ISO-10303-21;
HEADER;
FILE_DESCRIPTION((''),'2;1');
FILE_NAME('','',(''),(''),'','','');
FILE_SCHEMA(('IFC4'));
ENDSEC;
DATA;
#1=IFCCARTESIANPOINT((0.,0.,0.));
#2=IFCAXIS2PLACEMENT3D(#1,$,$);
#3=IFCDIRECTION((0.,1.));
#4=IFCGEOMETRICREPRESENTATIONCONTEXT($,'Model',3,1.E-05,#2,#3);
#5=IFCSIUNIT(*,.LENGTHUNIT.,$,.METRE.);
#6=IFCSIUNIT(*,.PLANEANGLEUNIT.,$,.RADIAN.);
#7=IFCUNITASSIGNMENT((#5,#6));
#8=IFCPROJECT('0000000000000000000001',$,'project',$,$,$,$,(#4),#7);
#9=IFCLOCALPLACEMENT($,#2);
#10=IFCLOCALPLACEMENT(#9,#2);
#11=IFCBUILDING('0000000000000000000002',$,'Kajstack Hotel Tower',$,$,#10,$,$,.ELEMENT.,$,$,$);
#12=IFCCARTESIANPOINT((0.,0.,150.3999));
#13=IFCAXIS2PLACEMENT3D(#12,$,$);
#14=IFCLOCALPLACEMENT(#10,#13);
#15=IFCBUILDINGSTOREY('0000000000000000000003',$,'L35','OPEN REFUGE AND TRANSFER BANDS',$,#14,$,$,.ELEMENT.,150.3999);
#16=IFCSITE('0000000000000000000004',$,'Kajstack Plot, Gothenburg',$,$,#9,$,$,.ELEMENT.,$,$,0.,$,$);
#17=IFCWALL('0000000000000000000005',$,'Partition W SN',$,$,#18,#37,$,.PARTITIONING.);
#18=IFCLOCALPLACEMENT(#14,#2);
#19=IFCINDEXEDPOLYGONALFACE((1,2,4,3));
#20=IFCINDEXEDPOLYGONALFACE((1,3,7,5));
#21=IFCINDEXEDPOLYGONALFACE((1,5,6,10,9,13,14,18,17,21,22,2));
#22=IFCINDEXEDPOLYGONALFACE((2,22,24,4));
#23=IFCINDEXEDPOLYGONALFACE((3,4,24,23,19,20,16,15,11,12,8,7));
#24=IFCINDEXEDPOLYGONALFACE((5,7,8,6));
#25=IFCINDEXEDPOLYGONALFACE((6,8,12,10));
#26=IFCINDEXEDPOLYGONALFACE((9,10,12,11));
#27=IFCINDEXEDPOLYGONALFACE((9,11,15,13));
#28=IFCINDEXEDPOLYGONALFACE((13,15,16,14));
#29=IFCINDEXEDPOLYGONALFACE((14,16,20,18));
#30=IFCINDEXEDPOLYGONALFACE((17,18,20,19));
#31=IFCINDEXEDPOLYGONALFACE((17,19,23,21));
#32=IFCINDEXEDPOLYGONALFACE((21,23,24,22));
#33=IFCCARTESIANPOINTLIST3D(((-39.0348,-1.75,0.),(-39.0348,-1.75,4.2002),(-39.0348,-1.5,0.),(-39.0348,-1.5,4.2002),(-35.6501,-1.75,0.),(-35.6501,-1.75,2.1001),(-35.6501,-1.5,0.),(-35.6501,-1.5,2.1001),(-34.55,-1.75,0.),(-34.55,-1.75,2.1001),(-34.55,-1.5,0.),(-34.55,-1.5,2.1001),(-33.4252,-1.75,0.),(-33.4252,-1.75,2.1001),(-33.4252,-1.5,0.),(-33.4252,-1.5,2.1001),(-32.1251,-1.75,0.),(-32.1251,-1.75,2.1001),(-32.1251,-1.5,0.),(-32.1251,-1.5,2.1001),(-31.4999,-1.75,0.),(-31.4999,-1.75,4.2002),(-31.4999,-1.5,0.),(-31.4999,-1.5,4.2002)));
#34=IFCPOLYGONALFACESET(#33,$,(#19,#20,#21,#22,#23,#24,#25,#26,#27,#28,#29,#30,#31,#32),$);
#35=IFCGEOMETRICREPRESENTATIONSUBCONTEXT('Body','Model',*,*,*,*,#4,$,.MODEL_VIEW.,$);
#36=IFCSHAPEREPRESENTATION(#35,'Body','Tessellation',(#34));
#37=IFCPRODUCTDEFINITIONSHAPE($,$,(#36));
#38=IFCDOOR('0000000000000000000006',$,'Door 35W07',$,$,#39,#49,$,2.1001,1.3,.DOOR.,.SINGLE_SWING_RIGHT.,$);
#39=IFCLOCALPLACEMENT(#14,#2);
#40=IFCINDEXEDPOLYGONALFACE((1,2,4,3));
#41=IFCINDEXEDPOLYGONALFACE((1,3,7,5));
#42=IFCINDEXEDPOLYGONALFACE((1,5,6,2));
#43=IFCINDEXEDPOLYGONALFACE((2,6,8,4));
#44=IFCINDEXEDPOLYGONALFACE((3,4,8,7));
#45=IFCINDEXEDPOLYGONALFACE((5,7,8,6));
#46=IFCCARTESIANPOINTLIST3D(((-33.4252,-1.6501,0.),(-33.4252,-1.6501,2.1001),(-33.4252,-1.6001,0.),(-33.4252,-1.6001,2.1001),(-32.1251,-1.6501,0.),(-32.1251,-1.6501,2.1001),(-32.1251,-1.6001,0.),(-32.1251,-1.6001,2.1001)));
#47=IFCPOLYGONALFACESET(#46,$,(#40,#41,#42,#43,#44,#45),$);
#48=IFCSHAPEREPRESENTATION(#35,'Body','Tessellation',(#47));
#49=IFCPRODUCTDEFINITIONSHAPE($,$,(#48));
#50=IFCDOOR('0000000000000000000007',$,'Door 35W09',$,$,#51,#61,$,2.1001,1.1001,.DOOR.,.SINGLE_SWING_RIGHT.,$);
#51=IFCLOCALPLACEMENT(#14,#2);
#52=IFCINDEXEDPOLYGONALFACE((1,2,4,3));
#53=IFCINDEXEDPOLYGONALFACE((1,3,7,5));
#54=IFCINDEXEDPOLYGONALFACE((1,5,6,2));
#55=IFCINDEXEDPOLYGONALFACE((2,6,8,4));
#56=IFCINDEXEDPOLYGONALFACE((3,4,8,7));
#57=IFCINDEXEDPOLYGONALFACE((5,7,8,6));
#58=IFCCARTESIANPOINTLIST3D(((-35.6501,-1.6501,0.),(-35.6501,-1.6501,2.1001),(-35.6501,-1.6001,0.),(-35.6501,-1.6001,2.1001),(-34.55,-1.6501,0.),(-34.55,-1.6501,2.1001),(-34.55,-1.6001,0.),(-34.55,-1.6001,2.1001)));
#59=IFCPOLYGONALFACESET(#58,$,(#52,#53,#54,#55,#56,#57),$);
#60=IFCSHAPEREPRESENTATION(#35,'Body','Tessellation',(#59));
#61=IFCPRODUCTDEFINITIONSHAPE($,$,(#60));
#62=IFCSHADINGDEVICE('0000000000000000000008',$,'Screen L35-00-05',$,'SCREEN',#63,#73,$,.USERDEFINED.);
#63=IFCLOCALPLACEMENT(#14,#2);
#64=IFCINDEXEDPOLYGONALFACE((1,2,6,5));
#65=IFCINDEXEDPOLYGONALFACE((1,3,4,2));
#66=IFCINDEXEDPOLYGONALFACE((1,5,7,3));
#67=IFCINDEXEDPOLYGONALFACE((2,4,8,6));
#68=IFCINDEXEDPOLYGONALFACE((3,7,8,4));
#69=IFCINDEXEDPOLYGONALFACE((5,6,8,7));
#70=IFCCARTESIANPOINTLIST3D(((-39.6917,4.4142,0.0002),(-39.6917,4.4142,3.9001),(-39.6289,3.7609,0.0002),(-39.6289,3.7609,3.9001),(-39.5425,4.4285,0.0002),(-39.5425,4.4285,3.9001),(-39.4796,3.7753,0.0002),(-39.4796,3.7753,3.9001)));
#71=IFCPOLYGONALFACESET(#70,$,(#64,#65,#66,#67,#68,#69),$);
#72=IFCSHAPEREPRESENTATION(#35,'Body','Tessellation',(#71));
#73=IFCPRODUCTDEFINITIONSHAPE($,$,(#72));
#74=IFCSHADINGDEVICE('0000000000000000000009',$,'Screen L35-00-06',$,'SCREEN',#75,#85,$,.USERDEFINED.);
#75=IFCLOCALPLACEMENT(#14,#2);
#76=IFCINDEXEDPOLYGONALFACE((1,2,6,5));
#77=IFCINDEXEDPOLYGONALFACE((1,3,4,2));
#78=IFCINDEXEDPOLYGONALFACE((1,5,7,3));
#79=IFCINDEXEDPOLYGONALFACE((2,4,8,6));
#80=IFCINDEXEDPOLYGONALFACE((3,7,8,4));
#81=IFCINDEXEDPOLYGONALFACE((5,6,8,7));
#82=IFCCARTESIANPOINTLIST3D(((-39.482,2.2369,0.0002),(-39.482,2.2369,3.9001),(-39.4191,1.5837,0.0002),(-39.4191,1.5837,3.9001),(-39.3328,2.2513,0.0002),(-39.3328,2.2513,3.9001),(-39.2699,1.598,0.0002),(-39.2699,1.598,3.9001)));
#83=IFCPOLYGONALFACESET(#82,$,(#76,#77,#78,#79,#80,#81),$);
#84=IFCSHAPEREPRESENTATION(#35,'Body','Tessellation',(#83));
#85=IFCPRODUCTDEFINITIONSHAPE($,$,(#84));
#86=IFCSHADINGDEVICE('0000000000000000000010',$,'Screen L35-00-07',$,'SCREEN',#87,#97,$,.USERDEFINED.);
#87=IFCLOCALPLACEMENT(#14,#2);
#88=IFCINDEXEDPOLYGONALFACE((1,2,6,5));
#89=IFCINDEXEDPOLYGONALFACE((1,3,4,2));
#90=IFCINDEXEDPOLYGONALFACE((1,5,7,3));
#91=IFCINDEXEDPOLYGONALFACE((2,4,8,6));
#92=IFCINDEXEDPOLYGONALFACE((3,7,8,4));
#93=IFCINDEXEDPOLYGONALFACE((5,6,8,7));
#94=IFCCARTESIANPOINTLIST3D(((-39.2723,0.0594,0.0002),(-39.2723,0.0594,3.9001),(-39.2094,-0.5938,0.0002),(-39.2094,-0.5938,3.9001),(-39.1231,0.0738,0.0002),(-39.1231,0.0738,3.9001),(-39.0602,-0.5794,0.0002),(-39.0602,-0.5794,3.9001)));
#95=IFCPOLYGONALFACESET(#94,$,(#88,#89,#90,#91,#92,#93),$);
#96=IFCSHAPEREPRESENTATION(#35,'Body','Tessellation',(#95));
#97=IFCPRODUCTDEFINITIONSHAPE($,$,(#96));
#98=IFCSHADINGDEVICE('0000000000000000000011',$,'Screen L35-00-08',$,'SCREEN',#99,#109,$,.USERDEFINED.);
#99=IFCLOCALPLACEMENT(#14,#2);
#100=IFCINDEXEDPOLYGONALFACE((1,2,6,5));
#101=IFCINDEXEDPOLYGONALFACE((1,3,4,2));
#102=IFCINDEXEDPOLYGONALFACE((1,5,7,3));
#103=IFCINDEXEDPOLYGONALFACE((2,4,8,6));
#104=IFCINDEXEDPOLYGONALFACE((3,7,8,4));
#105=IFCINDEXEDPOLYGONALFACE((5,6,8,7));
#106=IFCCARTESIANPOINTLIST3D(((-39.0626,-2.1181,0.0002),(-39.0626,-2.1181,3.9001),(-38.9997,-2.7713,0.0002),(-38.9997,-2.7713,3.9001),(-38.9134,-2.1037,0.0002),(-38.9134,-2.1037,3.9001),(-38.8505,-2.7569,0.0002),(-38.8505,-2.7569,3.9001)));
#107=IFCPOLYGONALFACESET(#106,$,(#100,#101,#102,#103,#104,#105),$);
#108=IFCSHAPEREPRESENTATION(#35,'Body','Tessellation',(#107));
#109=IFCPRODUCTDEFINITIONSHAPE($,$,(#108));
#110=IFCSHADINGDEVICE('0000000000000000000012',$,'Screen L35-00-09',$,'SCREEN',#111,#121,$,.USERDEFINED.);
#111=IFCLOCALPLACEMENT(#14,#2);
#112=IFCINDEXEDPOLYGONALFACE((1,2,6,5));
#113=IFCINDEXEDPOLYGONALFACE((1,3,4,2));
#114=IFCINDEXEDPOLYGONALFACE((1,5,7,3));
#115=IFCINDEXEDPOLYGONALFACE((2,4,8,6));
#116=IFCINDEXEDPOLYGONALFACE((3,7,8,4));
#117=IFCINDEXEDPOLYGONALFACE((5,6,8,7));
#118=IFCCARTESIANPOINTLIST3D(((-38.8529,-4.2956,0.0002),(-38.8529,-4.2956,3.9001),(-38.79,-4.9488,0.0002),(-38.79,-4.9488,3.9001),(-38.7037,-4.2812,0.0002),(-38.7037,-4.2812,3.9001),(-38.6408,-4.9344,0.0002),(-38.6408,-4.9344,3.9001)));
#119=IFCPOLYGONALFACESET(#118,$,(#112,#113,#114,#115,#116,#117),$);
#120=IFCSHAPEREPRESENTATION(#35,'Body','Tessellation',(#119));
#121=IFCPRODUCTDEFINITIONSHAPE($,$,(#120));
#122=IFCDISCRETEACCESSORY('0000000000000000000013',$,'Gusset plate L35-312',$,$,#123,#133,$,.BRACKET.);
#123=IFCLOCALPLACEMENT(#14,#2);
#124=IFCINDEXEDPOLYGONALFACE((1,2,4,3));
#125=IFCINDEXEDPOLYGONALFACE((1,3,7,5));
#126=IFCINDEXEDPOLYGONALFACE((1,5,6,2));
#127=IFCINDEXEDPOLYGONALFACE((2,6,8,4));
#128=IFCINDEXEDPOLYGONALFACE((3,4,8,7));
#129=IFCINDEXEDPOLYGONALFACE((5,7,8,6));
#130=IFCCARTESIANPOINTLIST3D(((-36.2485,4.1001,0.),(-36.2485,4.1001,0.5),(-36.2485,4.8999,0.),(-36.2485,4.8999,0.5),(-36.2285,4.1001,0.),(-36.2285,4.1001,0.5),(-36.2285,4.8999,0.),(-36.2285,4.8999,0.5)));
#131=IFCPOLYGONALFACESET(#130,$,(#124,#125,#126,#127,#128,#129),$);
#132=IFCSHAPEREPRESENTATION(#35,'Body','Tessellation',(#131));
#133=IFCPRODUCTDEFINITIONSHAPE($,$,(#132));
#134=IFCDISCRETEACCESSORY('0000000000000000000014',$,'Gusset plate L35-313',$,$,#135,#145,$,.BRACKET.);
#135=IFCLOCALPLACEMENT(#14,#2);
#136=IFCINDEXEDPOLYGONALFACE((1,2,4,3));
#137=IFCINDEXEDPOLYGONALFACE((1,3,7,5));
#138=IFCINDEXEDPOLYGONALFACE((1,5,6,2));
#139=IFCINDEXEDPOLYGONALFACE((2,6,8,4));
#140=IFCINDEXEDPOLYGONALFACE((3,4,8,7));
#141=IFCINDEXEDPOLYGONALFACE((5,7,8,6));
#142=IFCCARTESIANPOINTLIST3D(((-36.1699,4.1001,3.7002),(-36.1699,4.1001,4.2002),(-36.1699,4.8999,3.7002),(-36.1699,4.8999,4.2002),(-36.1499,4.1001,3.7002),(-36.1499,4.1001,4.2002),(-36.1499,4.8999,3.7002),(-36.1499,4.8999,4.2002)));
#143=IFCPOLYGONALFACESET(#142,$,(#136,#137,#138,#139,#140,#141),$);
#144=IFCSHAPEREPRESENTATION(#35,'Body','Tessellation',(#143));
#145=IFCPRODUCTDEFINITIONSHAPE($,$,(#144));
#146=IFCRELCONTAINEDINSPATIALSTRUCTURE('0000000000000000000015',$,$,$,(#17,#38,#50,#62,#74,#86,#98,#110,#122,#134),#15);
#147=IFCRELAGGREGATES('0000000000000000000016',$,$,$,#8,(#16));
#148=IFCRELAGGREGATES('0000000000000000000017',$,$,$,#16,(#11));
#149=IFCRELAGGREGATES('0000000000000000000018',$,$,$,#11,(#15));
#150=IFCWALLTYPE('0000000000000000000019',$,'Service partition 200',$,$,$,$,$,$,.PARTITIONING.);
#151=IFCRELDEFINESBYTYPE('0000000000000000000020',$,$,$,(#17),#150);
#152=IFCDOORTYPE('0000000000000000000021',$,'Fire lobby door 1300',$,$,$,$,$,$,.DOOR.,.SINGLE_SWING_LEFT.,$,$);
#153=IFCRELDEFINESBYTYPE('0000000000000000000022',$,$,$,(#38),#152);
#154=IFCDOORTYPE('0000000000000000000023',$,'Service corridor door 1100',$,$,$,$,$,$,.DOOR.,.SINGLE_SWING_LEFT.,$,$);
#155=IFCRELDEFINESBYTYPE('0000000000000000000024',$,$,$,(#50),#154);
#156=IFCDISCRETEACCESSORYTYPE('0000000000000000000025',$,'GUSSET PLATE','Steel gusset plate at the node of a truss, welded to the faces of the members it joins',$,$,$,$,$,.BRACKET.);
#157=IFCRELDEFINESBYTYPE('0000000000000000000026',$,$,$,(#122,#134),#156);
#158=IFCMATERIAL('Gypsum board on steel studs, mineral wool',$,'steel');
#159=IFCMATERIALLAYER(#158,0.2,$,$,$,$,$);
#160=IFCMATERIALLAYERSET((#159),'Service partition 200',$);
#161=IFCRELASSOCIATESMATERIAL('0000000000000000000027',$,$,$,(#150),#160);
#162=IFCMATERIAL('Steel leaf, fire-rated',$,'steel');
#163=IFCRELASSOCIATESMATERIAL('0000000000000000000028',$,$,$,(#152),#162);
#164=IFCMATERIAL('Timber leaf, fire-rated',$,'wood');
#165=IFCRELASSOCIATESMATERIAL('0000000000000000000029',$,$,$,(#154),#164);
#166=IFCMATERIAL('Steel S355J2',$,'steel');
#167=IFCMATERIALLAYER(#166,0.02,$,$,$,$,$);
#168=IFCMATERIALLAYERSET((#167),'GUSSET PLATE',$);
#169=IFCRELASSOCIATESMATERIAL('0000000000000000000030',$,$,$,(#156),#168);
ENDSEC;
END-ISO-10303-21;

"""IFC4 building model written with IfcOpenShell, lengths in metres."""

from ifc_helpers import new_model, si_unit, direction, frame, frame_2d, origin, origin_2d, place, context, subcontext, project, spatial, polyline, rectangle, outline, extrude, material, layer, layer_set, type_object, element, fill, save


model = new_model("IFC4")

# Units and contexts
model_context = context("Model", 3, precision=1e-05, world=origin(), true_north=direction((0.0, 1.0)))
body_context = subcontext(model_context, "Body", "Model", "MODEL_VIEW")
ifc_project = project(units=[si_unit("LENGTHUNIT", "METRE"), si_unit("PLANEANGLEUNIT", "RADIAN")], contexts=[model_context])

# Site, building, storey
site_placement = place(None, origin())
site = spatial("IfcSite", under=ifc_project, at=site_placement, Name="Kajstack Plot, Gothenburg", CompositionType="ELEMENT", RefElevation=0.0)
building_placement = place(site_placement, origin())
building = spatial("IfcBuilding", under=site, at=building_placement, Name="Kajstack Hotel Tower", CompositionType="ELEMENT")
storey_placement = place(building_placement, frame((0.0, 0.0, 150.3999)))
storey = spatial("IfcBuildingStorey", under=building, at=storey_placement, Name="L35", Description="OPEN REFUGE AND TRANSFER BANDS", CompositionType="ELEMENT", Elevation=150.3999)

# Shared definitions
ifc_material_1 = material(Name="Steel S355J2", Category="steel")

# Wall, openings, doors
ifc_material_2 = material(Name="Gypsum board on steel studs, mineral wool", Category="steel")
ifc_material_3 = material(Name="Timber leaf, fire-rated", Category="wood")
ifc_layer_1 = layer(ifc_material_2, 0.2)
ifc_layer_set_1 = layer_set([ifc_layer_1], Name="Service partition 200")
wall_type_1 = type_object("IfcWallType", Name="Service partition 200", PredefinedType="PARTITIONING", material=ifc_layer_set_1)
wall_1_placement = place(storey_placement, frame((-39.0349, -1.625, 0.0), z_axis=(0.0, 0.0, 1.0), x_axis=(1.0, 0.0, 0.0)))
wall_1 = element("IfcWall", 1, at=wall_1_placement, inside=storey, type_object=wall_type_1, Name="Partition W SN", PredefinedType="PARTITIONING", context=body_context, shape_type="SweptSolid", body=[
    extrude(rectangle(XDim=7.5349, YDim=0.25, at=frame_2d((3.7676, 0.0))), origin(), (0.0, 0.0, 1.0), 4.2002),
])
opening_1_placement = place(wall_1_placement, frame((5.6099, 0.0, 0.0)))
opening_1 = element("IfcOpeningElement", 2, at=opening_1_placement, cuts=wall_1, PredefinedType="OPENING", context=body_context, shape_type="SweptSolid", body=[
    extrude(rectangle(XDim=1.3, YDim=2.1001, at=frame_2d((0.6499, 1.05))), frame((0.0, 0.135, 0.0), z_axis=(0.0, -1.0, 0.0), x_axis=(1.0, 0.0, 0.0)), (0.0, 0.0, 1.0), 0.27),
])
opening_2_placement = place(wall_1_placement, frame((3.3848, 0.0, 0.0)))
opening_2 = element("IfcOpeningElement", 3, at=opening_2_placement, cuts=wall_1, PredefinedType="OPENING", context=body_context, shape_type="SweptSolid", body=[
    extrude(rectangle(XDim=1.1001, YDim=2.1001, at=frame_2d((0.55, 1.05))), frame((0.0, 0.135, 0.0), z_axis=(0.0, -1.0, 0.0), x_axis=(1.0, 0.0, 0.0)), (0.0, 0.0, 1.0), 0.27),
])
ifc_material_4 = material(Name="Steel leaf, fire-rated", Category="steel")
door_type_1 = type_object("IfcDoorType", Name="Fire lobby door 1300", OperationType="SINGLE_SWING_LEFT", PredefinedType="DOOR", material=ifc_material_4)
door_1_placement = place(opening_1_placement, origin())
door_1 = element("IfcDoor", 4, at=door_1_placement, inside=storey, type_object=door_type_1, Name="Door 35W07", OperationType="SINGLE_SWING_RIGHT", OverallHeight=2.1001, OverallWidth=1.3, PredefinedType="DOOR", context=body_context, shape_type="SweptSolid", body=[
    extrude(rectangle(XDim=1.3, YDim=2.1001, at=frame_2d((0.6499, 1.05))), frame((0.0, 0.0249, 0.0), z_axis=(0.0, -1.0, 0.0), x_axis=(1.0, 0.0, 0.0)), (0.0, 0.0, 1.0), 0.05),
])
fill(opening_1, door_1)
door_type_2 = type_object("IfcDoorType", Name="Service corridor door 1100", OperationType="SINGLE_SWING_LEFT", PredefinedType="DOOR", material=ifc_material_3)
door_2_placement = place(opening_2_placement, origin())
door_2 = element("IfcDoor", 5, at=door_2_placement, inside=storey, type_object=door_type_2, Name="Door 35W09", OperationType="SINGLE_SWING_RIGHT", OverallHeight=2.1001, OverallWidth=1.1001, PredefinedType="DOOR", context=body_context, shape_type="SweptSolid", body=[
    extrude(rectangle(XDim=1.1001, YDim=2.1001, at=frame_2d((0.55, 1.05))), frame((0.0, 0.0249, 0.0), z_axis=(0.0, -1.0, 0.0), x_axis=(1.0, 0.0, 0.0)), (0.0, 0.0, 1.0), 0.05),
])
fill(opening_2, door_2)

# Shading devices
for number, where, z_axis, x_axis, name in (
    (6, (-39.5857, 4.0947, 0.0002), (0.0, 0.0, 1.0), (0.095846, -0.995396, 0.0), "Screen L35-00-05"),
    (7, (-39.376, 1.9175, 0.0002), (0.0, 0.0, 1.0), (0.095846, -0.995396, 0.0), "Screen L35-00-06"),
    (8, (-39.1663, -0.26, 0.0002), (0.0, 0.0, 1.0), (0.095846, -0.995396, 0.0), "Screen L35-00-07"),
    (9, (-38.9565, -2.4375, 0.0002), (0.0, 0.0, 1.0), (0.095846, -0.995396, 0.0), "Screen L35-00-08"),
    (10, (-38.7468, -4.615, 0.0002), (0.0, 0.0, 1.0), (0.095846, -0.995396, 0.0), "Screen L35-00-09"),
):
    element("IfcShadingDevice", number, at=place(storey_placement, frame(where, z_axis=z_axis, x_axis=x_axis)), inside=storey, Name=name, ObjectType="SCREEN", PredefinedType="USERDEFINED", context=body_context, shape_type="SweptSolid", body=[
        extrude(rectangle(XDim=0.6562, YDim=0.1499, at=origin_2d()), origin(), (0.0, 0.0, 1.0), 3.8999),
    ])

# Discrete accessories
ifc_layer_2 = layer(ifc_material_1, 0.02)
ifc_layer_set_2 = layer_set([ifc_layer_2], Name="GUSSET PLATE")
discrete_accessory_type = type_object("IfcDiscreteAccessoryType", Name="GUSSET PLATE", Description="Steel gusset plate at the node of a truss, welded to the faces of the members it joins", PredefinedType="BRACKET", material=ifc_layer_set_2)
for number, where, z_axis, x_axis, name in (
    (11, (-36.2485, 4.5, 0.0), (1.0, 0.0, 0.0), (0.0, 1.0, 0.0), "Gusset plate L35-312"),
    (12, (-36.1699, 4.5, 3.7002), (1.0, 0.0, 0.0), (0.0, 1.0, 0.0), "Gusset plate L35-313"),
):
    element("IfcDiscreteAccessory", number, at=place(storey_placement, frame(where, z_axis=z_axis, x_axis=x_axis)), inside=storey, type_object=discrete_accessory_type, Name=name, PredefinedType="BRACKET", context=body_context, shape_type="SweptSolid", body=[
        extrude(outline(polyline([(-0.3999, 0.0), (0.3999, 0.0), (0.3999, 0.5), (-0.3999, 0.5), (-0.3999, 0.0)])), origin(), (0.0, 0.0, 1.0), 0.02),
    ])

save(model, "model.ifc")
